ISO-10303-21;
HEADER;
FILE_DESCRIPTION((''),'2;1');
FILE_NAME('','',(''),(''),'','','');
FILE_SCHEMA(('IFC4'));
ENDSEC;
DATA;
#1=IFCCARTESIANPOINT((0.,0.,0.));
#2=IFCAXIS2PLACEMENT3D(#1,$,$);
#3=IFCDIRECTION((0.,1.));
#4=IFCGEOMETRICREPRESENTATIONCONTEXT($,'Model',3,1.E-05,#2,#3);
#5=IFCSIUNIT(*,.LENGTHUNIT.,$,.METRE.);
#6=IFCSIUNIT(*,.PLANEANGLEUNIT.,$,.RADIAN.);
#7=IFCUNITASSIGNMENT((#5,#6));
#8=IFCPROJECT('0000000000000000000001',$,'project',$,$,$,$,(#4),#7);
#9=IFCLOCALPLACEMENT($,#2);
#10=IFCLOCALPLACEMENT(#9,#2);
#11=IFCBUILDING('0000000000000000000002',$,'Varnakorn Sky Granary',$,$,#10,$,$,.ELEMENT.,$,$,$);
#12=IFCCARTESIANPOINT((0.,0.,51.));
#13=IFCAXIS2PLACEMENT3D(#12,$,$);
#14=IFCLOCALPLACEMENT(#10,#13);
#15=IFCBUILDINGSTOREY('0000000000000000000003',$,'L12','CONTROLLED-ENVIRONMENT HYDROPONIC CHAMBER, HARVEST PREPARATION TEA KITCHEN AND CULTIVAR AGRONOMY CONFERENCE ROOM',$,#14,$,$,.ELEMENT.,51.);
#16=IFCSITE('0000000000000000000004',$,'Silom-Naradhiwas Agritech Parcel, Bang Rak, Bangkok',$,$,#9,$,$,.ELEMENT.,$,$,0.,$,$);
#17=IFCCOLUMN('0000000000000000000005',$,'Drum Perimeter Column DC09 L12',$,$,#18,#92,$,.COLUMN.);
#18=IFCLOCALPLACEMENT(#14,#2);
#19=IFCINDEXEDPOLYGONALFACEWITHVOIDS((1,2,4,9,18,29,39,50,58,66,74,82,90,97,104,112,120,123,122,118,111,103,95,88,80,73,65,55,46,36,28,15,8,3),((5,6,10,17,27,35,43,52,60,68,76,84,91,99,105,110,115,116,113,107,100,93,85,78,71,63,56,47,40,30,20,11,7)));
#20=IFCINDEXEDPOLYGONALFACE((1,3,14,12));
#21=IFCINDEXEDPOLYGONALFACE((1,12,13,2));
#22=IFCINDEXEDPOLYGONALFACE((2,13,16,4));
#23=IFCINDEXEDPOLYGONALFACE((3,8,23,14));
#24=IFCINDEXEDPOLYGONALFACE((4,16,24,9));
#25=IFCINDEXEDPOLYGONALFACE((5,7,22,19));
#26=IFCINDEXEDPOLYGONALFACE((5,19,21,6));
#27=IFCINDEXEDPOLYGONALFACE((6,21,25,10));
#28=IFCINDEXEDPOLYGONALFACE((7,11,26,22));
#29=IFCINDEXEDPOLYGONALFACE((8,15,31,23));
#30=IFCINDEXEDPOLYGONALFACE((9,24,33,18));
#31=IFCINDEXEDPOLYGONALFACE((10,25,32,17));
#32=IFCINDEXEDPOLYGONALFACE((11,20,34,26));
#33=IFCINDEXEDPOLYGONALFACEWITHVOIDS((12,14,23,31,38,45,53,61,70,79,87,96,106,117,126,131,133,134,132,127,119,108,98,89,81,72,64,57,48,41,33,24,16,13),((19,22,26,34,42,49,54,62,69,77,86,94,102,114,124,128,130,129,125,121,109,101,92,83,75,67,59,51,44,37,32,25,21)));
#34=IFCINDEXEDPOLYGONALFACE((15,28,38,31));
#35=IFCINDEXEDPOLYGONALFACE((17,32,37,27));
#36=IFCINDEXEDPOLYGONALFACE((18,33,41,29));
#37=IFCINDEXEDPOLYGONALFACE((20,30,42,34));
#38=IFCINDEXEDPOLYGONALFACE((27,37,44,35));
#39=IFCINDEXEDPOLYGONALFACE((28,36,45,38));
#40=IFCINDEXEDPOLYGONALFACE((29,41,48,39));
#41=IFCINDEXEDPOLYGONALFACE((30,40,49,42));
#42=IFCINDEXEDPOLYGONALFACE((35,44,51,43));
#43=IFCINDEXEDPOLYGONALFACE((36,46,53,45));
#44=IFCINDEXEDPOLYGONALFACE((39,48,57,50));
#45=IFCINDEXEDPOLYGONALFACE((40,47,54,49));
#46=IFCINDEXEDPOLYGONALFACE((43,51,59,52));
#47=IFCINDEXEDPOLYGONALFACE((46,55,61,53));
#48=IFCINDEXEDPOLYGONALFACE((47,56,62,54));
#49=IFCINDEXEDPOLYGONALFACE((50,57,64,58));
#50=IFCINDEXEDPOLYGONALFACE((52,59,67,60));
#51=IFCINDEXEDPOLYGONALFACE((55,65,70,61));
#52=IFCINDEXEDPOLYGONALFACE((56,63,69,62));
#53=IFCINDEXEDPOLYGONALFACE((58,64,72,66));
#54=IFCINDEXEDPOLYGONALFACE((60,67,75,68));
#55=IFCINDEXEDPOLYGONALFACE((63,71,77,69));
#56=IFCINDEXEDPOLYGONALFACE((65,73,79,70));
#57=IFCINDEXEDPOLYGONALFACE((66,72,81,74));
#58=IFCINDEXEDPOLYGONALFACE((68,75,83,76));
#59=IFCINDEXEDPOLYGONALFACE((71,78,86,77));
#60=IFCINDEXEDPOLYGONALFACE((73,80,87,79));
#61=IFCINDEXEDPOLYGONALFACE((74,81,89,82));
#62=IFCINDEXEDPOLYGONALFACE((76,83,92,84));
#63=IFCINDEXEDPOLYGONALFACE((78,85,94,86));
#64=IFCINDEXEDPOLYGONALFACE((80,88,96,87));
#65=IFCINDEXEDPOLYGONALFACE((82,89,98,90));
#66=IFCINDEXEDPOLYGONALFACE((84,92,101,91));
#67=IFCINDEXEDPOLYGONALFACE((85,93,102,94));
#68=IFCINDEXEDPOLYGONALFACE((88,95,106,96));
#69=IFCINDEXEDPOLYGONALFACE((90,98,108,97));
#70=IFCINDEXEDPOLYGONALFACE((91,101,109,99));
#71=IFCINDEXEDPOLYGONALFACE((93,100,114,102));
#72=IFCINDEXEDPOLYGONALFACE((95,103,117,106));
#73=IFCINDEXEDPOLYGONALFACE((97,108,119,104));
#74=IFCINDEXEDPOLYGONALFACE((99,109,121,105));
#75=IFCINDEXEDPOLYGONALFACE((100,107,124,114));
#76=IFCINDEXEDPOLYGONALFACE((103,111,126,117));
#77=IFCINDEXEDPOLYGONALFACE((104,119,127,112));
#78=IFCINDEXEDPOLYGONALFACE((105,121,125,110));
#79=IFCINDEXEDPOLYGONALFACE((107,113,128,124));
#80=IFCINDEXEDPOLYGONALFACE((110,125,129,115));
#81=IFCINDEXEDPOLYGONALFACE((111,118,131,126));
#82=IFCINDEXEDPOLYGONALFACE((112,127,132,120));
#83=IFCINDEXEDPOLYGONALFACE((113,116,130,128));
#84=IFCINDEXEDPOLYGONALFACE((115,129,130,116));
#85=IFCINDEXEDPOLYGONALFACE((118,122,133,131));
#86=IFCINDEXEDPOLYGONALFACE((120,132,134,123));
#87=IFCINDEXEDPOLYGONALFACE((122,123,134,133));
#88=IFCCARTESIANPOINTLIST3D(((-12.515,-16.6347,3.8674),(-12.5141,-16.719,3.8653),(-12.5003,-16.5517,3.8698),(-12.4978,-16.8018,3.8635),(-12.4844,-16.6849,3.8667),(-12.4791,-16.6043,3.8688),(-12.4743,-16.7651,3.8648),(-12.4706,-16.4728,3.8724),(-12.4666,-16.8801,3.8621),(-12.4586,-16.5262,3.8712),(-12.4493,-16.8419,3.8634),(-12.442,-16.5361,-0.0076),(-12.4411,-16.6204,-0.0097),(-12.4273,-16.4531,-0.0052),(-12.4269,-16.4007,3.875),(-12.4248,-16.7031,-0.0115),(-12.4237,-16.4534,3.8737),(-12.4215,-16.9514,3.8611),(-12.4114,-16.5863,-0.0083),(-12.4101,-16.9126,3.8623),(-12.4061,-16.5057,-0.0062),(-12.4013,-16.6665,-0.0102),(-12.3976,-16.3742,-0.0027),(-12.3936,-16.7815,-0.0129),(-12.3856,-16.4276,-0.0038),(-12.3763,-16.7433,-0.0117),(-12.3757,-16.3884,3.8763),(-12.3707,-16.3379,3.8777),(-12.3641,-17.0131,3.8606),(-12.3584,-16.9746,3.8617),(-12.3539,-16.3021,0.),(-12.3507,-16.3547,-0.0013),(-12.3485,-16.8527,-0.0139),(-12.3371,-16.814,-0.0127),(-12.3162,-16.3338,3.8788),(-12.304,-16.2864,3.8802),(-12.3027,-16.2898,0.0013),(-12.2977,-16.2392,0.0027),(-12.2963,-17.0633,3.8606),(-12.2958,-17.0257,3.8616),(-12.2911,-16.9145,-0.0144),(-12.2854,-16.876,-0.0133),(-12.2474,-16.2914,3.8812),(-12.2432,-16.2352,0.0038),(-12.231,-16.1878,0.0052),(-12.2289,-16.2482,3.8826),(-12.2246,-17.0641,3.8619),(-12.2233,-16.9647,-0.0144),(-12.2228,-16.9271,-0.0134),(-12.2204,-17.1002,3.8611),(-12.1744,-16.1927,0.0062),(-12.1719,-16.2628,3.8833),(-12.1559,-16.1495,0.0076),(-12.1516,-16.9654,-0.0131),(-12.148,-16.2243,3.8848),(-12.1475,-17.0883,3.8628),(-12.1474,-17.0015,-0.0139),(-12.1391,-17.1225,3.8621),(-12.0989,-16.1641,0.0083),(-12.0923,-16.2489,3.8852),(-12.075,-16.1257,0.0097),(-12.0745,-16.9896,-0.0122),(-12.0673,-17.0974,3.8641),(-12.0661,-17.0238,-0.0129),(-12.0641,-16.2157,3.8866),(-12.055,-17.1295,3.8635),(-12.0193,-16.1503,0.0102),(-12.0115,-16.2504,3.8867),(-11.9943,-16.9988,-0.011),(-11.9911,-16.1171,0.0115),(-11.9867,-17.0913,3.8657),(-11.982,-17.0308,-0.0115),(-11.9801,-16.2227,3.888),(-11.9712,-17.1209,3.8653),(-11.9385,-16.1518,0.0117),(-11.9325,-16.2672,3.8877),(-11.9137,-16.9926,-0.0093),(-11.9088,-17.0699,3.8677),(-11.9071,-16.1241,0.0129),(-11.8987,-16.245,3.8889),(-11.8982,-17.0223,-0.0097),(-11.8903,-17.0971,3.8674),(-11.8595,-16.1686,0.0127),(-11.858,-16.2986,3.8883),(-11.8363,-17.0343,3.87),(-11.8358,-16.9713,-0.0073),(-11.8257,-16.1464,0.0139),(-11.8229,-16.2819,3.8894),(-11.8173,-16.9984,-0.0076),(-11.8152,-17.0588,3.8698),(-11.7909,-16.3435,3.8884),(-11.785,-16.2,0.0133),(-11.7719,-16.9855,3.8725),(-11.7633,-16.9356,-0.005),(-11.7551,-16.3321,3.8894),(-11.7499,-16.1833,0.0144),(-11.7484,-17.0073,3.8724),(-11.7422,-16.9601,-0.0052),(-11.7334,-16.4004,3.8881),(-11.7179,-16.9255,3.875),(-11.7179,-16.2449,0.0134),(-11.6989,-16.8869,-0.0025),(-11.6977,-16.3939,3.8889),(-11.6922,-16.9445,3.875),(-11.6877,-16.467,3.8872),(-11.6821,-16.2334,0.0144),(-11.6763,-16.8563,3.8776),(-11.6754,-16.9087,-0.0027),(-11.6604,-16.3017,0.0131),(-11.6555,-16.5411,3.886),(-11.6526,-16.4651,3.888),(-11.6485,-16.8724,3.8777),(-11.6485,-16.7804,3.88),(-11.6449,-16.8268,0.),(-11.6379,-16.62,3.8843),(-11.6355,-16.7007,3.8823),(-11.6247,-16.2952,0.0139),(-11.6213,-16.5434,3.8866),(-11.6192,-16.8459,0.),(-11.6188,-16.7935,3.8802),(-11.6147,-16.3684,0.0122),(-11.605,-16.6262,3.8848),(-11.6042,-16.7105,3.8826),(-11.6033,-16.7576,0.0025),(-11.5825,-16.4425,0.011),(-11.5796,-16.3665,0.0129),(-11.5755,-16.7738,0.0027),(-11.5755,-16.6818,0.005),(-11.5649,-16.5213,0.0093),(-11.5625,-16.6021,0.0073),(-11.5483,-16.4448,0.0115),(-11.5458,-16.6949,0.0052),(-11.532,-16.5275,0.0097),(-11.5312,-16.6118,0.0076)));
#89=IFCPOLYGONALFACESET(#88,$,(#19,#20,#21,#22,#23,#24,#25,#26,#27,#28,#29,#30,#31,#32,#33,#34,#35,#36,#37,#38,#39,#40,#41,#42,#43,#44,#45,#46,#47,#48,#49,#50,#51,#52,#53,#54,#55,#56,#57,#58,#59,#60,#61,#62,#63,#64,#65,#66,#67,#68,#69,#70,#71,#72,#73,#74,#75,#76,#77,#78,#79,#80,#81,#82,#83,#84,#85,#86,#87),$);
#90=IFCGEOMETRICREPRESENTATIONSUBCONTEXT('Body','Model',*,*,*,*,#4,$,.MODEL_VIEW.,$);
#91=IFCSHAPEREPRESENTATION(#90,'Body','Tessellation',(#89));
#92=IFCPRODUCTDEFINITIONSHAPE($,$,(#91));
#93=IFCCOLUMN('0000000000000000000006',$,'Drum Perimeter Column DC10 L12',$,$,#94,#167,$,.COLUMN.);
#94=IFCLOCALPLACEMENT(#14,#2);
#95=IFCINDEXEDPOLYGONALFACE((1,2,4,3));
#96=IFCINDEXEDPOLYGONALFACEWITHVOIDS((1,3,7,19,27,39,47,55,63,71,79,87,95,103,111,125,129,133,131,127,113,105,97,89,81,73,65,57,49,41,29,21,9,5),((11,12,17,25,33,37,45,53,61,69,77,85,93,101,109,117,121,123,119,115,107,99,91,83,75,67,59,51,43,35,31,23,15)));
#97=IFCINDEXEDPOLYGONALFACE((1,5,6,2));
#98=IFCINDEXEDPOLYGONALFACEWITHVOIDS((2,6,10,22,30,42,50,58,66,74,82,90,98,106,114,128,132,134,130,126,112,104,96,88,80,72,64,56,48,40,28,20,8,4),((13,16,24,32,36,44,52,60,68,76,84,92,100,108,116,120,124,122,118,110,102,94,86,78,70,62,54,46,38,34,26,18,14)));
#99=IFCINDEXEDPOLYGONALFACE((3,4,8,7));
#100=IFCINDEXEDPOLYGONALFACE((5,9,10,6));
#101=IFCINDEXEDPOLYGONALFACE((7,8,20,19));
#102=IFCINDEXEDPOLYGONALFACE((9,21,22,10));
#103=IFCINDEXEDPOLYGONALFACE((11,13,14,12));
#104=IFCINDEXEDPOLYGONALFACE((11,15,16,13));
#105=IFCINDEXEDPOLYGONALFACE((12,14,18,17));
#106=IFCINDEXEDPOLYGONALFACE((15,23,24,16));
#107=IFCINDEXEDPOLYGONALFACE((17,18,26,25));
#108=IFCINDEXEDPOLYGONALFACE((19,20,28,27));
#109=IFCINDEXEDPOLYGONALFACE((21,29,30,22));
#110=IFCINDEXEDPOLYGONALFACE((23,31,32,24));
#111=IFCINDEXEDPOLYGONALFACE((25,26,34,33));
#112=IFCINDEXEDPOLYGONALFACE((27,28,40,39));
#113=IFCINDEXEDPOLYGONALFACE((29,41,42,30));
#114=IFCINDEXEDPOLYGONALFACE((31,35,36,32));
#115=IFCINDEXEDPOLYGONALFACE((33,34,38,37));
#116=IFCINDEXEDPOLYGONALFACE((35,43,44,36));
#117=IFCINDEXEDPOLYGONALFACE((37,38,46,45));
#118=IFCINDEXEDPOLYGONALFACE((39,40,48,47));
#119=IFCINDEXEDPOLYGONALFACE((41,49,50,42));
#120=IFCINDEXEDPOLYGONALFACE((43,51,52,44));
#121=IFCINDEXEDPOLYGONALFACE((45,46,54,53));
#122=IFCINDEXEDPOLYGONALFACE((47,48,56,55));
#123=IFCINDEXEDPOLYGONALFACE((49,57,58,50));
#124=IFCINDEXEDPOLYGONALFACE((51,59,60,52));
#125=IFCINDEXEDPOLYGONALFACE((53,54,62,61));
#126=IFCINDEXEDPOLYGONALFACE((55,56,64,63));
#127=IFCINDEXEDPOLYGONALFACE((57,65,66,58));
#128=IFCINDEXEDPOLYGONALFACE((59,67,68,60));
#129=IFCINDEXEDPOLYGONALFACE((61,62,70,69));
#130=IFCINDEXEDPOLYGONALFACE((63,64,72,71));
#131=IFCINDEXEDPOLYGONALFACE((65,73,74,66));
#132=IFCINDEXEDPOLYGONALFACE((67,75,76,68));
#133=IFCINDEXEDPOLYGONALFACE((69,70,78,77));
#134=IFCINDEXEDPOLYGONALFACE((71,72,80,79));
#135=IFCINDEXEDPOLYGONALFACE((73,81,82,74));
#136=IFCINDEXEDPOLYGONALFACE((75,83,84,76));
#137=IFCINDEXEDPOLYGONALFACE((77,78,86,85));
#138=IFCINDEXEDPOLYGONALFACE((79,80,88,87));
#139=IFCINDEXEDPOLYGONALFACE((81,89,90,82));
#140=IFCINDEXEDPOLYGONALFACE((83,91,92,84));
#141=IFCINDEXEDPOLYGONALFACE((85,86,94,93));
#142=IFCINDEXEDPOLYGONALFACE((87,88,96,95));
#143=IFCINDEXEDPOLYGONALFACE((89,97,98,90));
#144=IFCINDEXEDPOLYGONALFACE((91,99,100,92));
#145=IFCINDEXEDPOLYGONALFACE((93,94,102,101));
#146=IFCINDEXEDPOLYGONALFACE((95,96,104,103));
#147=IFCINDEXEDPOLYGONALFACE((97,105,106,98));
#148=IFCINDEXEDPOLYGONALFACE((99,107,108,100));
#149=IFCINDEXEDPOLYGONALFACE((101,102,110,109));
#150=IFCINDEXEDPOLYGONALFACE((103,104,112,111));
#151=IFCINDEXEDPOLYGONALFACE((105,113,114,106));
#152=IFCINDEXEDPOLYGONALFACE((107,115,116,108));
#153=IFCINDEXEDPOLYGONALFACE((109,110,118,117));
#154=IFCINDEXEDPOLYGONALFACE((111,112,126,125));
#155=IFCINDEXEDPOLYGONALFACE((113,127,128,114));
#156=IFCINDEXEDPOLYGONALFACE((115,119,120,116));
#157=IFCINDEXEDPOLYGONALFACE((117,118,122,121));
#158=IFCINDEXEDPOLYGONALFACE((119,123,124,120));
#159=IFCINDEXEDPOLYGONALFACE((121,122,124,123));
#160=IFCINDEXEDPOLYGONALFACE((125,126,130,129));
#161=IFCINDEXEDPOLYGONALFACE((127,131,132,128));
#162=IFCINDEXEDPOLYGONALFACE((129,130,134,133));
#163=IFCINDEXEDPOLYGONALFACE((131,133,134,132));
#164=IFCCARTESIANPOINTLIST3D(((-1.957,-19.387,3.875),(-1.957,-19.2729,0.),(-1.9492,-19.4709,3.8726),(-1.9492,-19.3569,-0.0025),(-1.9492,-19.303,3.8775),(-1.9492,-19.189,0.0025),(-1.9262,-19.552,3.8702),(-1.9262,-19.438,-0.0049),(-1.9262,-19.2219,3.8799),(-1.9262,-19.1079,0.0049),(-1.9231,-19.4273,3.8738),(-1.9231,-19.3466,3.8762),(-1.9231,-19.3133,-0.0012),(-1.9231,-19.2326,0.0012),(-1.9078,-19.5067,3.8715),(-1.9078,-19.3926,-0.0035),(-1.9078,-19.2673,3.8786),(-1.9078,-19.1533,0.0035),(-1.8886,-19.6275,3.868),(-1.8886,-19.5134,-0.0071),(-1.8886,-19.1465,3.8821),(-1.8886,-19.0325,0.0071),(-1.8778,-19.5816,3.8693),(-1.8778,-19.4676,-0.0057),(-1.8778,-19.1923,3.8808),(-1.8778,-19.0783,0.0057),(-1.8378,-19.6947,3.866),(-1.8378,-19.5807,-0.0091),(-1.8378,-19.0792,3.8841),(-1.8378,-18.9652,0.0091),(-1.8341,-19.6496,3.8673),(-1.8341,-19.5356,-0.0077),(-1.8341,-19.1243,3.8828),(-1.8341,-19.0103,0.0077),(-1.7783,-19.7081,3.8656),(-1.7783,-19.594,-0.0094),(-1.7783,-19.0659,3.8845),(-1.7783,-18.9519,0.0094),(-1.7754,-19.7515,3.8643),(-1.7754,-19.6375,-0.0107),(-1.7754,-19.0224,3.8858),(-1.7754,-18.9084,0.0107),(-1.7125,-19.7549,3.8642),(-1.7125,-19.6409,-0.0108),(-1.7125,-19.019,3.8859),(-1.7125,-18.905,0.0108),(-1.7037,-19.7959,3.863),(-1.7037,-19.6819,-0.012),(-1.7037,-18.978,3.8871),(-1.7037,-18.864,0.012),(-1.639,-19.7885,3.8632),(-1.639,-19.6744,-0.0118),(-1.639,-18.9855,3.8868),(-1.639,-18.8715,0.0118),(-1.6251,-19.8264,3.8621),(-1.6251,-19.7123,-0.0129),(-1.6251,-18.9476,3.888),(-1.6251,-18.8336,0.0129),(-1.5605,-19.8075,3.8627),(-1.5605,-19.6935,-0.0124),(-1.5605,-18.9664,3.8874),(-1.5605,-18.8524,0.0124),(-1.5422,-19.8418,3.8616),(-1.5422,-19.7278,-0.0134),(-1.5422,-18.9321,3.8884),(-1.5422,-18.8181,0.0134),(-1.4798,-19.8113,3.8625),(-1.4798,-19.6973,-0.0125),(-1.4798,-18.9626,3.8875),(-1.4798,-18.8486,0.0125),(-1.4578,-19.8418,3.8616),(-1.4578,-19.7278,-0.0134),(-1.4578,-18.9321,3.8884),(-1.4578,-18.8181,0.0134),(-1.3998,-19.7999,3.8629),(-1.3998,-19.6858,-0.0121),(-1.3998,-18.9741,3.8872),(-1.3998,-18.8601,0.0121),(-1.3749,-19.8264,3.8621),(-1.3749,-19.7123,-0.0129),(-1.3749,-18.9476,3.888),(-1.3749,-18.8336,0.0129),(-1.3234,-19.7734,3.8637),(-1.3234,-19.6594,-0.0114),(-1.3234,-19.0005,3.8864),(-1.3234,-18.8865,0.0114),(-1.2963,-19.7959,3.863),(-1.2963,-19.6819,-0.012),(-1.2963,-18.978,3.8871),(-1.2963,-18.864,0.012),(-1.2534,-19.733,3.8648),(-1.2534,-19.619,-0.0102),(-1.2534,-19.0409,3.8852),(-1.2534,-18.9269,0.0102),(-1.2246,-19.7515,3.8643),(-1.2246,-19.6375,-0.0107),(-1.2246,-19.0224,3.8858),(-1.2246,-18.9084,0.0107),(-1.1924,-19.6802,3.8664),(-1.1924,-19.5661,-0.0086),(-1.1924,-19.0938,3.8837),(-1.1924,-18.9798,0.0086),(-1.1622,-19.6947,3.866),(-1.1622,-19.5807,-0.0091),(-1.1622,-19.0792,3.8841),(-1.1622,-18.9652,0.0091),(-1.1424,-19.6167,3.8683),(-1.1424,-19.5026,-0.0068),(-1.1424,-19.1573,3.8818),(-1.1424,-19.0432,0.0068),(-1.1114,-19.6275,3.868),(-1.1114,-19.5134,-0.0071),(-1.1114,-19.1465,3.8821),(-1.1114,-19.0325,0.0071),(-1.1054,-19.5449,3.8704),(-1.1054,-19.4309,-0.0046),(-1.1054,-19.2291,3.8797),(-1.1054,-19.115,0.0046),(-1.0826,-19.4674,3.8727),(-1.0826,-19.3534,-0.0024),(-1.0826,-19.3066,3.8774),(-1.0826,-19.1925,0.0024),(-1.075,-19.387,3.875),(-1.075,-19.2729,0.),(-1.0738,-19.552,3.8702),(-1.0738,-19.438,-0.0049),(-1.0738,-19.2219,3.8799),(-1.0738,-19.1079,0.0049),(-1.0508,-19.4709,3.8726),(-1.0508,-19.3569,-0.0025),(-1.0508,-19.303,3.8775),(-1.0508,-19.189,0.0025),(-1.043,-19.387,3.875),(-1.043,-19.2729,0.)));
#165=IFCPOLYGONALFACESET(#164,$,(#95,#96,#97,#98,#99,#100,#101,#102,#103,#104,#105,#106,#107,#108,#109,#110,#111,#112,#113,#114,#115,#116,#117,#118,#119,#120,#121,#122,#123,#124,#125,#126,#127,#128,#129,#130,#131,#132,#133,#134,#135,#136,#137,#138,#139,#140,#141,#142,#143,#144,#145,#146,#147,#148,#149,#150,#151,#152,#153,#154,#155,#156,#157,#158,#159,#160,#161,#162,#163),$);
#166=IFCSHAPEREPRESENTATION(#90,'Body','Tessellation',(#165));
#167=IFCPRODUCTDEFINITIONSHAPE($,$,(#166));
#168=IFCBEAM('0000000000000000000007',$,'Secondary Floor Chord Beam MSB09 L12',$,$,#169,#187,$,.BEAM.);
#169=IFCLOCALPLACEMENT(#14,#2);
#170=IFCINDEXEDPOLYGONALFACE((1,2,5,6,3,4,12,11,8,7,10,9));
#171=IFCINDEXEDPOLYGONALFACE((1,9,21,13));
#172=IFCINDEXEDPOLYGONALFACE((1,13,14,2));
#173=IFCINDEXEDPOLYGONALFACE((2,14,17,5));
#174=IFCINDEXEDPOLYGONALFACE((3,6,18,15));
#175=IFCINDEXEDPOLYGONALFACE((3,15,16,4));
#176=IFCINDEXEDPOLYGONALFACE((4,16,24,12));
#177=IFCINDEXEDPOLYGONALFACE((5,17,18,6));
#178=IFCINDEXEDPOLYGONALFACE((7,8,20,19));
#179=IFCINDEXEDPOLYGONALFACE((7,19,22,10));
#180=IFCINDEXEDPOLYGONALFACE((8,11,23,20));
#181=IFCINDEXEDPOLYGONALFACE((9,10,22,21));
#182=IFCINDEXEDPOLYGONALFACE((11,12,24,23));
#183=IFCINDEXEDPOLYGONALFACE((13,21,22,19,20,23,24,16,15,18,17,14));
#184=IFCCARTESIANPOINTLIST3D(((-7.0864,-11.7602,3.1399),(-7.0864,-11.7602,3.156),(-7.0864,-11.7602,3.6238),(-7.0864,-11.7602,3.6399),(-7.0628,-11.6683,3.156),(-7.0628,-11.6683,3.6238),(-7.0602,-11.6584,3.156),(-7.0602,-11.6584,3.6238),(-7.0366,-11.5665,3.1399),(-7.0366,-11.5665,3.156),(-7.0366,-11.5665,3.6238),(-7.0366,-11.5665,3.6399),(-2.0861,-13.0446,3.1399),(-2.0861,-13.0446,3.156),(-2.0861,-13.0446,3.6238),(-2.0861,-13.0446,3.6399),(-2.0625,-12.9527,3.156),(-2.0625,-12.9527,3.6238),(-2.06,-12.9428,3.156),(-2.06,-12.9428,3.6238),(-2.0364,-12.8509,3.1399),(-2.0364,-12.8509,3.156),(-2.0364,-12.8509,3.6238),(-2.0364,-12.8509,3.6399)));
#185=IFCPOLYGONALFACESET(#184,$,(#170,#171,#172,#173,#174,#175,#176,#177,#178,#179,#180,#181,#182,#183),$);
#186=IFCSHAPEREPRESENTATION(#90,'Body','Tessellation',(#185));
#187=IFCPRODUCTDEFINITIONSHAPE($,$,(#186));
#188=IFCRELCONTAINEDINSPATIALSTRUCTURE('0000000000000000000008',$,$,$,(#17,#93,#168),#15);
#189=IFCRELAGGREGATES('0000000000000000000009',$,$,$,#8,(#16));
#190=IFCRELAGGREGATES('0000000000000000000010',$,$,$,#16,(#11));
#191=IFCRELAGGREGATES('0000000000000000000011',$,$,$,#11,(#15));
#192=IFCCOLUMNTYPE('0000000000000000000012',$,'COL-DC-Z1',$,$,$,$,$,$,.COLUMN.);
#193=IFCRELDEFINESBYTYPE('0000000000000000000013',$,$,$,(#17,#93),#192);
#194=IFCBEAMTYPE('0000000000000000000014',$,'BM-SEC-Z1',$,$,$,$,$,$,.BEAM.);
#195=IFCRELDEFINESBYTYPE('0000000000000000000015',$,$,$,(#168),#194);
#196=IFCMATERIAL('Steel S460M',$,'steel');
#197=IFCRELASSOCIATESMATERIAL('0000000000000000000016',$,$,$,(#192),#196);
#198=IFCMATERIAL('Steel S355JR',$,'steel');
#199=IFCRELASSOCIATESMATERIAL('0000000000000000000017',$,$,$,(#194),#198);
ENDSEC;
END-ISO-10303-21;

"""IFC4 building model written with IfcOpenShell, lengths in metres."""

from ifc_helpers import new_model, si_unit, direction, frame, origin, origin_2d, place, context, subcontext, project, spatial, hollow_circle, i_section, extrude, material, material_profile, profile_set, type_object, element, save


model = new_model("IFC4")

# Units and contexts
model_context = context("Model", 3, precision=1e-05, world=origin(), true_north=direction((0.0, 1.0)))
body_context = subcontext(model_context, "Body", "Model", "MODEL_VIEW")
ifc_project = project(units=[si_unit("LENGTHUNIT", "METRE"), si_unit("PLANEANGLEUNIT", "RADIAN")], contexts=[model_context])

# Site, building, storey
site_placement = place(None, origin())
site = spatial("IfcSite", under=ifc_project, at=site_placement, Name="Silom-Naradhiwas Agritech Parcel, Bang Rak, Bangkok", CompositionType="ELEMENT", RefElevation=0.0)
building_placement = place(site_placement, origin())
building = spatial("IfcBuilding", under=site, at=building_placement, Name="Varnakorn Sky Granary", CompositionType="ELEMENT")
storey_placement = place(building_placement, frame((0.0, 0.0, 51.0)))
storey = spatial("IfcBuildingStorey", under=building, at=storey_placement, Name="L12", Description="CONTROLLED-ENVIRONMENT HYDROPONIC CHAMBER, HARVEST PREPARATION TEA KITCHEN AND CULTIVAR AGRONOMY CONFERENCE ROOM", CompositionType="ELEMENT", Elevation=51.0)

# Columns
ifc_material_1 = material(Name="Steel S460M", Category="steel")
ifc_material_profile_1 = material_profile(ifc_material_1, hollow_circle(Radius=0.457, WallThickness=0.032, at=origin_2d()), Name="CHS 914x32")
ifc_profile_set_1 = profile_set([ifc_material_profile_1], Name="Steel S460M")
column_type = type_object("IfcColumnType", Name="COL-DC-Z1", PredefinedType="COLUMN", material=ifc_profile_set_1)
column_1_placement = place(storey_placement, frame((-11.9866, -16.574, 0.0), z_axis=(-0.018829, -0.025441, 0.999499), x_axis=(0.803804, -0.594894, 0.0)))
element("IfcColumn", 1, at=column_1_placement, inside=storey, type_object=column_type, Name="Drum Perimeter Column DC09 L12", PredefinedType="COLUMN", context=body_context, shape_type="SweptSolid", body=[
    extrude(hollow_circle(Radius=0.457, WallThickness=0.032, at=origin_2d()), origin(), (0.0, 0.0, 1.0), 3.877),
])
column_2_placement = place(storey_placement, frame((-1.5, -19.2729, 0.0), z_axis=(0.0, -0.02941, 0.999567), x_axis=(1.0, 0.0, 0.0)))
element("IfcColumn", 2, at=column_2_placement, inside=storey, type_object=column_type, Name="Drum Perimeter Column DC10 L12", PredefinedType="COLUMN", context=body_context, shape_type="SweptSolid", body=[
    extrude(hollow_circle(Radius=0.457, WallThickness=0.032, at=origin_2d()), origin(), (0.0, 0.0, 1.0), 3.8767),
])

# Beam
ifc_material_2 = material(Name="Steel S355JR", Category="steel")
ifc_material_profile_2 = material_profile(ifc_material_2, i_section(OverallWidth=0.2, OverallDepth=0.5, WebThickness=0.0103, FlangeThickness=0.0161, at=origin_2d()), Name="IPE 500")
ifc_profile_set_2 = profile_set([ifc_material_profile_2], Name="Steel S355JR")
beam_type_1 = type_object("IfcBeamType", Name="BM-SEC-Z1", PredefinedType="BEAM", material=ifc_profile_set_2)
beam_1_placement = place(storey_placement, frame((-7.0615, -11.6633, 3.3899), z_axis=(0.968556, -0.248795, 0.0), x_axis=(0.248795, 0.968556, 0.0)))
element("IfcBeam", 3, at=beam_1_placement, inside=storey, type_object=beam_type_1, Name="Secondary Floor Chord Beam MSB09 L12", PredefinedType="BEAM", context=body_context, shape_type="SweptSolid", body=[
    extrude(i_section(OverallWidth=0.2, OverallDepth=0.5, WebThickness=0.0103, FlangeThickness=0.0161, at=origin_2d()), origin(), (0.0, 0.0, 1.0), 5.1626),
])

save(model, "model.ifc")
